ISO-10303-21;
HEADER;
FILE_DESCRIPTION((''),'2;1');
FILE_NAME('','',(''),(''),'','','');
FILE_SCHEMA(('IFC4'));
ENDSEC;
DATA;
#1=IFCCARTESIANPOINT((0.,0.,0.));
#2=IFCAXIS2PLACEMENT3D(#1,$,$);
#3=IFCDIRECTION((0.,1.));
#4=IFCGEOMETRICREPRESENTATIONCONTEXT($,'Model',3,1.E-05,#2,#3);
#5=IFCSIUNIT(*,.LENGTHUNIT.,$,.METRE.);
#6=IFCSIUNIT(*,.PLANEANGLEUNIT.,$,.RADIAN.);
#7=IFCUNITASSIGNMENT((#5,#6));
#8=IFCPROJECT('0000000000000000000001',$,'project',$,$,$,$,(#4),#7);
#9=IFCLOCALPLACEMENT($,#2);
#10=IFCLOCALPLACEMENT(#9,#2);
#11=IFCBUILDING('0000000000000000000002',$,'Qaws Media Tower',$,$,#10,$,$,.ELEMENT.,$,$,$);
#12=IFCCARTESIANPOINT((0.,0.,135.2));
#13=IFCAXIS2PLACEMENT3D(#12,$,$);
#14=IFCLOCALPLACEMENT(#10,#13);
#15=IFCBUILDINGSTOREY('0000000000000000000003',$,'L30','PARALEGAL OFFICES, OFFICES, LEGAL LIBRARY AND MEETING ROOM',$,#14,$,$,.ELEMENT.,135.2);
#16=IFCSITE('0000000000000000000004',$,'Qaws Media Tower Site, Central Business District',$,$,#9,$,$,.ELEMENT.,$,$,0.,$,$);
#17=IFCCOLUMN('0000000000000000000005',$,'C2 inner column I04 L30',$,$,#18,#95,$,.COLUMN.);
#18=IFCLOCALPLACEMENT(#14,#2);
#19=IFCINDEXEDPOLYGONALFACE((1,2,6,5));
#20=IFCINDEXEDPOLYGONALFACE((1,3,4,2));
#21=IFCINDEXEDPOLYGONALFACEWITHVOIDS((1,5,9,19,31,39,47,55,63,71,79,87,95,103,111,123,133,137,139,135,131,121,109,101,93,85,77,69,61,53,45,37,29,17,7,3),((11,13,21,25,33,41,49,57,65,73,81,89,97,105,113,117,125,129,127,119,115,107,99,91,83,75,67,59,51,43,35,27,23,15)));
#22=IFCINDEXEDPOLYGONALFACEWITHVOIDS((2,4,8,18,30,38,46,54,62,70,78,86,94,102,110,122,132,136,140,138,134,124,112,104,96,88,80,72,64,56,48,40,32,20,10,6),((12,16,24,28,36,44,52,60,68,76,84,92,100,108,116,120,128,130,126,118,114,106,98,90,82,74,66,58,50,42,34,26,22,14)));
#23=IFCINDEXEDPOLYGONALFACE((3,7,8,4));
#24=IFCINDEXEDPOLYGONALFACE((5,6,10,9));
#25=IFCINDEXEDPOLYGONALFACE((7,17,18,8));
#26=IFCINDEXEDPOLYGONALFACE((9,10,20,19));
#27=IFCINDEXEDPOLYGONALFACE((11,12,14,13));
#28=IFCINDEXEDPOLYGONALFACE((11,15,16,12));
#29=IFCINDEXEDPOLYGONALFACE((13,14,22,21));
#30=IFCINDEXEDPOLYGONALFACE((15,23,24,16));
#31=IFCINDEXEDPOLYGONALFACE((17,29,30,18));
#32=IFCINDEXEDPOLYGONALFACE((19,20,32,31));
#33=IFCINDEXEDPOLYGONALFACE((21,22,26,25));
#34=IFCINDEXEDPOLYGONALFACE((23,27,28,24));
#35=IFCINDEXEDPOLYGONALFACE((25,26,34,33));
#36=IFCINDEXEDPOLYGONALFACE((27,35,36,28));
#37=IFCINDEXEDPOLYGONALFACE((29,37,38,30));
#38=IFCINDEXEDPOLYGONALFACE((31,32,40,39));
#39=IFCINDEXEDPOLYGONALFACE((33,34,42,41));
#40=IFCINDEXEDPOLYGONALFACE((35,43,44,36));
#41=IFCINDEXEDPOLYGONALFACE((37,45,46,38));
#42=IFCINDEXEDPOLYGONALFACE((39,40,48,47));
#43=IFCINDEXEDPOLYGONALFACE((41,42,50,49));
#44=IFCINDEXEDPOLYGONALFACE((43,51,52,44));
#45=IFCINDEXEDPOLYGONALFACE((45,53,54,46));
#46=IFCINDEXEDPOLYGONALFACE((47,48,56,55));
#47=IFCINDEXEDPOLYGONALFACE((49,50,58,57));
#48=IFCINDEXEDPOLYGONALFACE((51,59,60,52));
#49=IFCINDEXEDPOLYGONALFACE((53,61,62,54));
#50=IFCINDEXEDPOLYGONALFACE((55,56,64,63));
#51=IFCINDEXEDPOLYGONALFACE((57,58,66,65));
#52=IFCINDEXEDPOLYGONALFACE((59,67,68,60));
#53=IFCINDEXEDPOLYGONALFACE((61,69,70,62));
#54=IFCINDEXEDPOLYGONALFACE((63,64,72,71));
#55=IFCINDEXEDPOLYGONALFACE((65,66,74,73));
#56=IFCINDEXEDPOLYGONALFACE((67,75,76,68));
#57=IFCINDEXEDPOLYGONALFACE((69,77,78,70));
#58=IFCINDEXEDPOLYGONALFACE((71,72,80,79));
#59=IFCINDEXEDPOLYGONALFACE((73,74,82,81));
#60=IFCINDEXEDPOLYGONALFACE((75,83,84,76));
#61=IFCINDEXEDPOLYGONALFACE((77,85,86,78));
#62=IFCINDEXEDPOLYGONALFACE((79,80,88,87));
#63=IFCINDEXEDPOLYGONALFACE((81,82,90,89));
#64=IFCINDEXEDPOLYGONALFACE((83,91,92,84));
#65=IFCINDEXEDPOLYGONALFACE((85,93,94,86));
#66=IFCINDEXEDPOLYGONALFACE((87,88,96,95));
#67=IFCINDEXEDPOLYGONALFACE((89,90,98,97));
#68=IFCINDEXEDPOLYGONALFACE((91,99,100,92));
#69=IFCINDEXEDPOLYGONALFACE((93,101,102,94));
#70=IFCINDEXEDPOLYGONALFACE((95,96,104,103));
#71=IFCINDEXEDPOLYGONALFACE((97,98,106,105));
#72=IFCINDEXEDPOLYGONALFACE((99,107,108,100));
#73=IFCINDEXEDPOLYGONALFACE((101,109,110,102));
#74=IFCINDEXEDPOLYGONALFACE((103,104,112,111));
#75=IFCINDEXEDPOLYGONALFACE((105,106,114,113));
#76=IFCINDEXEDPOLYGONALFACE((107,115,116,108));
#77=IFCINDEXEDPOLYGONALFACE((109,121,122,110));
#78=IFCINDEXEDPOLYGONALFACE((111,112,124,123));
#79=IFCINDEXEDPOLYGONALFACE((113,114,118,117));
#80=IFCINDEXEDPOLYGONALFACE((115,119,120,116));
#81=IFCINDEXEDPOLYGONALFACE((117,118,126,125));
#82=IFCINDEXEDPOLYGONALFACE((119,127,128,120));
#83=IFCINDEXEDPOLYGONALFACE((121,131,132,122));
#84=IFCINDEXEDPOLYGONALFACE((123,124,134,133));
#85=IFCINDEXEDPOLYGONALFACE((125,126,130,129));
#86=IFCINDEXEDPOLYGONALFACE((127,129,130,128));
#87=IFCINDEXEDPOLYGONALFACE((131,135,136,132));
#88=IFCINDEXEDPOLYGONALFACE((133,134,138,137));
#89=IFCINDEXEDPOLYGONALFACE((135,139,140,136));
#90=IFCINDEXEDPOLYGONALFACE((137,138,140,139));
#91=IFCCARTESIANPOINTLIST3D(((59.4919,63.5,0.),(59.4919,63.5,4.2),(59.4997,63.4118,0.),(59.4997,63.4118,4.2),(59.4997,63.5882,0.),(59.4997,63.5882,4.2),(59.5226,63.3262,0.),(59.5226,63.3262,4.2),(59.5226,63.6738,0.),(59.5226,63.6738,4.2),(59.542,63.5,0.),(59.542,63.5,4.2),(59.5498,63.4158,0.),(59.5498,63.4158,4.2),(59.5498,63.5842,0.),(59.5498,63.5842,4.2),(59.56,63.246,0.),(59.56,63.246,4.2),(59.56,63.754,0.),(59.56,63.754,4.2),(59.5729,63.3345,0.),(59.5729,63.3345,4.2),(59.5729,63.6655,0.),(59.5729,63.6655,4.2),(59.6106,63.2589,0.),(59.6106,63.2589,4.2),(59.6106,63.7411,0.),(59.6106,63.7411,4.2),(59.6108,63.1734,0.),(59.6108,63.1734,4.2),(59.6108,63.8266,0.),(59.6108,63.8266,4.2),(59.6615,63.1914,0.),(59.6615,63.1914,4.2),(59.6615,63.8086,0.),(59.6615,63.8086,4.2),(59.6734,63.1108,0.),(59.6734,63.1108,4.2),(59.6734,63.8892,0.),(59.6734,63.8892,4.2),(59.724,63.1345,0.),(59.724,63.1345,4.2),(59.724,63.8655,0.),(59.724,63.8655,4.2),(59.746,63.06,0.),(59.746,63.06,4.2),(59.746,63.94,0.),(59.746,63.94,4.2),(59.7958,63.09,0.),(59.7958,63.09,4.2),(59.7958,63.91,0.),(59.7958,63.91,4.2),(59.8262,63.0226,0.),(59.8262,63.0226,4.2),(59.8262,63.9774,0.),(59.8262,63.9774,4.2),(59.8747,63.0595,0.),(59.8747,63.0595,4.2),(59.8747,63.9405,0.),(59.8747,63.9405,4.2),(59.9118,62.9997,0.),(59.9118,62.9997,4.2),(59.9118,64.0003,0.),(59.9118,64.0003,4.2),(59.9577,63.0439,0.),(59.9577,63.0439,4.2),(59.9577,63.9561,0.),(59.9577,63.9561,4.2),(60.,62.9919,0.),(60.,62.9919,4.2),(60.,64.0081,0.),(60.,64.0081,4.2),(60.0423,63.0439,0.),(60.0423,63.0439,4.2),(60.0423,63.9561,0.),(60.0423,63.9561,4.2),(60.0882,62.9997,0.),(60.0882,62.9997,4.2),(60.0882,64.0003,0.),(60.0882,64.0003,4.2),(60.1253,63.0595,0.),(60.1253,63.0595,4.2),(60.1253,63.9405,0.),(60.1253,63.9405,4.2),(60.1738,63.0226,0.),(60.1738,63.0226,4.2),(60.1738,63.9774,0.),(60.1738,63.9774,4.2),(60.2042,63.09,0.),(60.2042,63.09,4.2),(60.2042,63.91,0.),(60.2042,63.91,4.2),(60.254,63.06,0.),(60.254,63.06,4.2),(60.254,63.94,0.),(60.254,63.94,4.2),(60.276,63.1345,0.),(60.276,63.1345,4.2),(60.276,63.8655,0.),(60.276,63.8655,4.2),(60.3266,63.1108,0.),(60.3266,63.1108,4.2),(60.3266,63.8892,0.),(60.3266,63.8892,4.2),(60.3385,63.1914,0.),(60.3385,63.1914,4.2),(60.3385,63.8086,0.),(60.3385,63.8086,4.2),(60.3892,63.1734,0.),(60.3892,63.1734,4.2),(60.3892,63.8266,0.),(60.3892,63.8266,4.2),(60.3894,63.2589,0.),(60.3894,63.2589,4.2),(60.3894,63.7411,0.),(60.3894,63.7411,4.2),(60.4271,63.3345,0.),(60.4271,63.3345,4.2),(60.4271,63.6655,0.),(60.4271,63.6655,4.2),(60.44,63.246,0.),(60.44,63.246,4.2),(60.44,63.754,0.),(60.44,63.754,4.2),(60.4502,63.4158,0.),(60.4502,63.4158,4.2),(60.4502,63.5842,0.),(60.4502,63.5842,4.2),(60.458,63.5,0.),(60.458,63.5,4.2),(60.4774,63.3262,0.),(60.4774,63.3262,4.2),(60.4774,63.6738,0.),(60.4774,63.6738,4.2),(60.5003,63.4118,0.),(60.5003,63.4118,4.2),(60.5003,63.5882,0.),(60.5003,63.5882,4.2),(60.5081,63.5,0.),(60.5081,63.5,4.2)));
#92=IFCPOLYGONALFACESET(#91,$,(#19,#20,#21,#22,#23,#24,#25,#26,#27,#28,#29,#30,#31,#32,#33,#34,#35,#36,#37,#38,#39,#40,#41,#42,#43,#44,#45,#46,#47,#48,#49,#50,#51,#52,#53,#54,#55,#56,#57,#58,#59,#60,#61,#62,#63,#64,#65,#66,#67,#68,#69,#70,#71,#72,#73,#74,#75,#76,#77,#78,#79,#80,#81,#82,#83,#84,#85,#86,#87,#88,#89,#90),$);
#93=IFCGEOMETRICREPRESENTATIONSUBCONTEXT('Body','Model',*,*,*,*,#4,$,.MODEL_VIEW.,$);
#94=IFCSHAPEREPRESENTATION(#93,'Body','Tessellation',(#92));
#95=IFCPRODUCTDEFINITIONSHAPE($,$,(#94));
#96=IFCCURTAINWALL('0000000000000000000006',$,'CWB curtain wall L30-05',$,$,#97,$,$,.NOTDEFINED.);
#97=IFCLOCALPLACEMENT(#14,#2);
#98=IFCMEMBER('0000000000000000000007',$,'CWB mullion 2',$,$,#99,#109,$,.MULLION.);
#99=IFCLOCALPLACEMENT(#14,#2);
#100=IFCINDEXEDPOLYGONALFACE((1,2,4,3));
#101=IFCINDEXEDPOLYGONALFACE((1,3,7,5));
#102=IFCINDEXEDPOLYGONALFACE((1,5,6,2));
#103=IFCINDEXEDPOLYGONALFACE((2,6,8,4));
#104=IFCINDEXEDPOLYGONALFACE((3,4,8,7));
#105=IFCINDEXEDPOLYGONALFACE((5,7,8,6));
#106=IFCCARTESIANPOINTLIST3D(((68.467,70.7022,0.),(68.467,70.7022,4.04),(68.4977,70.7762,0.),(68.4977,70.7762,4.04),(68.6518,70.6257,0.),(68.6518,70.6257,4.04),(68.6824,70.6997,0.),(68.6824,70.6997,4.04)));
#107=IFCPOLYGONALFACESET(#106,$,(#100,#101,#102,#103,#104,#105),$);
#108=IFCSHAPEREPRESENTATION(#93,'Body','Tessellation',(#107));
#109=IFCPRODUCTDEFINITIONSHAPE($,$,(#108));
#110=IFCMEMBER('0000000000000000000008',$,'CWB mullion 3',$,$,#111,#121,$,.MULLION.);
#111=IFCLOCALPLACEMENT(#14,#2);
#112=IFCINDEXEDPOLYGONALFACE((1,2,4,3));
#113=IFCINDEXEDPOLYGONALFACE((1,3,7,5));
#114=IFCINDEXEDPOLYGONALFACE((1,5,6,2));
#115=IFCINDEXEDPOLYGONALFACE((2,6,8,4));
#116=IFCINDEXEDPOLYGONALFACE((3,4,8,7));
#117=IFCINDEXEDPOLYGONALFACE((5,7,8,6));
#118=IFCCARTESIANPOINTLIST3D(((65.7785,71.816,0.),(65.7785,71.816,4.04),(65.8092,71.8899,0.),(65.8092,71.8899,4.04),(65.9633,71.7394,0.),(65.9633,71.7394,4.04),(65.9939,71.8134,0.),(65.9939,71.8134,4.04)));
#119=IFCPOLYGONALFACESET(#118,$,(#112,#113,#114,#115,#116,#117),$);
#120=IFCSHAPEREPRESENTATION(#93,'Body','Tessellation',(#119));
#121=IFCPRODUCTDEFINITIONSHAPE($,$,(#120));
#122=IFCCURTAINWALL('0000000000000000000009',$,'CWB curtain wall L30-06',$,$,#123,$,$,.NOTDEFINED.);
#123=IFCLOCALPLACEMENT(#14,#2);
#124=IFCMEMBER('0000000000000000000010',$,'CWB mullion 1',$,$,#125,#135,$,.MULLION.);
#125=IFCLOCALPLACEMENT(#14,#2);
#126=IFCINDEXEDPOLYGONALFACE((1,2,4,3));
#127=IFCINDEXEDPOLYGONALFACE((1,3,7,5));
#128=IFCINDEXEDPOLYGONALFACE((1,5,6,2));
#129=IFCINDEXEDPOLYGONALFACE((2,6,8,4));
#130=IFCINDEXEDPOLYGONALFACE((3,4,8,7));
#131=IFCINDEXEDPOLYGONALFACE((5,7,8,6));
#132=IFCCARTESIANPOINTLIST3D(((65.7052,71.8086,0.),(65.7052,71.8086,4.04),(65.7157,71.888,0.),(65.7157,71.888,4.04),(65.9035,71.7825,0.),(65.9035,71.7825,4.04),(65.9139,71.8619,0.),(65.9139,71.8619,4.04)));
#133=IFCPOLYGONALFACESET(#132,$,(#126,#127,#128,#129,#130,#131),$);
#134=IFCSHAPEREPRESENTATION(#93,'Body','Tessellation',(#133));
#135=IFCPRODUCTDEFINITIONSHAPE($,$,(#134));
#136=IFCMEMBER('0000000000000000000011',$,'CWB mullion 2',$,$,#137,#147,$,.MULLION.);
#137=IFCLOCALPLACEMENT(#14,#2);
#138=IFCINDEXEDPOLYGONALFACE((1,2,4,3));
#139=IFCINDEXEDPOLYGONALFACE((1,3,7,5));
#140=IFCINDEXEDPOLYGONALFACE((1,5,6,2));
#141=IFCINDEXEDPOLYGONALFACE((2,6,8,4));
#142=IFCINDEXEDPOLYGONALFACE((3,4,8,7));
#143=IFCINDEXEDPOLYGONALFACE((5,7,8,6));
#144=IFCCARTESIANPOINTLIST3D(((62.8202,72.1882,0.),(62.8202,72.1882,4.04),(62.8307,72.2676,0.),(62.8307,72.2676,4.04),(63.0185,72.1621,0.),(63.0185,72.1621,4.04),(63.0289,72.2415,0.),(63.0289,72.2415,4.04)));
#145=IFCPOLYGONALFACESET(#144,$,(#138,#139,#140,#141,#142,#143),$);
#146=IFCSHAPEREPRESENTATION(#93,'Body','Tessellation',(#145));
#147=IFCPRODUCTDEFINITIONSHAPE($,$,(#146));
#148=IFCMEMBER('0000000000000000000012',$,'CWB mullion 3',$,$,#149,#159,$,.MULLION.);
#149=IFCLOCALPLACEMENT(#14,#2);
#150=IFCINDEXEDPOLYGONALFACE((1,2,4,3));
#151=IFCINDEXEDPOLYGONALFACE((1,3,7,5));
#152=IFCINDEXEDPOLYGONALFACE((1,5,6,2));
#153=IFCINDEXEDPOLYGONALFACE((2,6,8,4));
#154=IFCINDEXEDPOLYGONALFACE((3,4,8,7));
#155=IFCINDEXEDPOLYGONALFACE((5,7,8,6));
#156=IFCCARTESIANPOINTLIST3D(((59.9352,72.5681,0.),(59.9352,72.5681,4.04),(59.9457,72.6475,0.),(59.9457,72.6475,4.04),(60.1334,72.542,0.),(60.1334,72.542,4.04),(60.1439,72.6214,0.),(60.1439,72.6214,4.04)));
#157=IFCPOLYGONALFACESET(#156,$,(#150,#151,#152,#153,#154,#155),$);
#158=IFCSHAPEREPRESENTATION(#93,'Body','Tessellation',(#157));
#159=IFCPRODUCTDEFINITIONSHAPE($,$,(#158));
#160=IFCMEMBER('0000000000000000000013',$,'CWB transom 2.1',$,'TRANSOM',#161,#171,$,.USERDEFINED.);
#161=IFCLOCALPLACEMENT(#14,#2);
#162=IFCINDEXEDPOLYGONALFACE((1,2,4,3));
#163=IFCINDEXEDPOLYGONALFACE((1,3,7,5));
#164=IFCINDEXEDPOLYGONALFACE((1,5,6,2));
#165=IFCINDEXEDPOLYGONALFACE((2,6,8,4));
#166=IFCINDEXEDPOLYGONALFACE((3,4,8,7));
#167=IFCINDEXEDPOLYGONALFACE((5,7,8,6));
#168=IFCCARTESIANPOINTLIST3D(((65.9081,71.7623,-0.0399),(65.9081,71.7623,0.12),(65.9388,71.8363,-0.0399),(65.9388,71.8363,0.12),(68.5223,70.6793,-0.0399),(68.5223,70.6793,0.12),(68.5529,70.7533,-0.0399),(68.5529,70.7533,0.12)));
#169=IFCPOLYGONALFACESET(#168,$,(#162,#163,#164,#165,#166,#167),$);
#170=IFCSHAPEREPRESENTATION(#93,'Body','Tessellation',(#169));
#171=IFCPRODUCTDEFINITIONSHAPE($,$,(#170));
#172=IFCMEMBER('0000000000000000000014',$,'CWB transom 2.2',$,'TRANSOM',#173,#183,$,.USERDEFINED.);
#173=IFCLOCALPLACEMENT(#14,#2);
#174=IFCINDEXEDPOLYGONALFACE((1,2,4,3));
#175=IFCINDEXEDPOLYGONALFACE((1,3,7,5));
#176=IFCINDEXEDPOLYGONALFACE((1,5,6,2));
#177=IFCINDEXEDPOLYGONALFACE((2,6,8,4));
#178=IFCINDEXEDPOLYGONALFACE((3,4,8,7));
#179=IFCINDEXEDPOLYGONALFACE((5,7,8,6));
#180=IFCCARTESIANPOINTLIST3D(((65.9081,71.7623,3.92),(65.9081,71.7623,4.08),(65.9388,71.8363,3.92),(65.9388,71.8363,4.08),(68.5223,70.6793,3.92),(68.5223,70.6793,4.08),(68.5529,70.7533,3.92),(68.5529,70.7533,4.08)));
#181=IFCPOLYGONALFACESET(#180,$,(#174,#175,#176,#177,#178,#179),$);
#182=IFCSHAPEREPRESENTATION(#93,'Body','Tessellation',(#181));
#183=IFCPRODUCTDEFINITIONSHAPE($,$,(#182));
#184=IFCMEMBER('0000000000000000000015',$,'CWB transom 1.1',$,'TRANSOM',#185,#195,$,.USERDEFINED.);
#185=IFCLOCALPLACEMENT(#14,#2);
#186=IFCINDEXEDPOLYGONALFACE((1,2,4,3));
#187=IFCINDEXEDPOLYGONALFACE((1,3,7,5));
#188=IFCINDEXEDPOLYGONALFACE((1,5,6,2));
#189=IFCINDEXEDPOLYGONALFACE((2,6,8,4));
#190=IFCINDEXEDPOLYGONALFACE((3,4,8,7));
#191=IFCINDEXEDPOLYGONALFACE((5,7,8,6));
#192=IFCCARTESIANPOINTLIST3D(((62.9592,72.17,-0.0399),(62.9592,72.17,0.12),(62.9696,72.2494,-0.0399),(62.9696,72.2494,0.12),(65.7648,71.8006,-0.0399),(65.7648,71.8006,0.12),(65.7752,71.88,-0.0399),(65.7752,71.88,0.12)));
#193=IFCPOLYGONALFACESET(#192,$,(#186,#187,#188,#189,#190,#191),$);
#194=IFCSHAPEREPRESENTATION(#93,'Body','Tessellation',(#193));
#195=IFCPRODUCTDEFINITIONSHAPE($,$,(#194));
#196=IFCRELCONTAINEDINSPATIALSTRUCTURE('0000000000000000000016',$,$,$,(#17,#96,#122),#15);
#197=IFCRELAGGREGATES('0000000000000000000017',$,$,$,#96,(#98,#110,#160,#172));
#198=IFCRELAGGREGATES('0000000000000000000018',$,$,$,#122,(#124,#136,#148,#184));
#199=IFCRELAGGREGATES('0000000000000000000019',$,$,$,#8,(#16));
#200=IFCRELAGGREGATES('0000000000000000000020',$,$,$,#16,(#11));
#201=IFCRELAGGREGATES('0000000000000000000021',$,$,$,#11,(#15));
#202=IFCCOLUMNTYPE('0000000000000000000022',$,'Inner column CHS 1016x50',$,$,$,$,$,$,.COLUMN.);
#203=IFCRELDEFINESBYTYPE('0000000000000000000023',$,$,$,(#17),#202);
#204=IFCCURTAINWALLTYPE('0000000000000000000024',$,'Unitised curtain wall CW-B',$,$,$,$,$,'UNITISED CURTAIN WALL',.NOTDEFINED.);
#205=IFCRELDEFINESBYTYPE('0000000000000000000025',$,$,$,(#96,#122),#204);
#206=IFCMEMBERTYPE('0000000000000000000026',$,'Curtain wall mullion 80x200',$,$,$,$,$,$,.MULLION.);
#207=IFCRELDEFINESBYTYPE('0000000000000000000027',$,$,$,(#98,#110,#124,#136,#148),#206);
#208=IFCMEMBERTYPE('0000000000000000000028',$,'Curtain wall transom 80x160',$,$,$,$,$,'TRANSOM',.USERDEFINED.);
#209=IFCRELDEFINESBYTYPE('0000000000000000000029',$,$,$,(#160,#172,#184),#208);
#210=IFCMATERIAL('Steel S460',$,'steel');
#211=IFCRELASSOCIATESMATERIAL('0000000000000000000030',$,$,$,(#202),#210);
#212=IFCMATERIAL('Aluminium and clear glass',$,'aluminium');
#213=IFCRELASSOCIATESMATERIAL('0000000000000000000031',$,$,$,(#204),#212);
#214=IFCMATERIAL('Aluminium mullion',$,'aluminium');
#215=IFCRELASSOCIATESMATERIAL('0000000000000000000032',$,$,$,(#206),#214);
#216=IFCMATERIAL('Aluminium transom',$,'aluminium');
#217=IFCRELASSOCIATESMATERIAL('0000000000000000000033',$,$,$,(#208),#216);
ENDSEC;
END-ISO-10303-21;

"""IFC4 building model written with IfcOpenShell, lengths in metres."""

from ifc_helpers import new_model, si_unit, direction, frame, origin, origin_2d, place, context, subcontext, project, spatial, rectangle, hollow_circle, extrude, material, material_profile, profile_set, type_object, element, aggregate, save


model = new_model("IFC4")

# Units and contexts
model_context = context("Model", 3, precision=1e-05, world=origin(), true_north=direction((0.0, 1.0)))
body_context = subcontext(model_context, "Body", "Model", "MODEL_VIEW")
ifc_project = project(units=[si_unit("LENGTHUNIT", "METRE"), si_unit("PLANEANGLEUNIT", "RADIAN")], contexts=[model_context])

# Site, building, storey
site_placement = place(None, origin())
site = spatial("IfcSite", under=ifc_project, at=site_placement, Name="Qaws Media Tower Site, Central Business District", CompositionType="ELEMENT", RefElevation=0.0)
building_placement = place(site_placement, origin())
building = spatial("IfcBuilding", under=site, at=building_placement, Name="Qaws Media Tower", CompositionType="ELEMENT")
storey_placement = place(building_placement, frame((0.0, 0.0, 135.2)))
storey = spatial("IfcBuildingStorey", under=building, at=storey_placement, Name="L30", Description="PARALEGAL OFFICES, OFFICES, LEGAL LIBRARY AND MEETING ROOM", CompositionType="ELEMENT", Elevation=135.2)

# Column
ifc_material_1 = material(Name="Steel S460", Category="steel")
ifc_material_profile_1 = material_profile(ifc_material_1, hollow_circle(Radius=0.5081, WallThickness=0.05, at=origin_2d()), Name="CHS 1016x50")
ifc_profile_set_1 = profile_set([ifc_material_profile_1], Name="Steel S460")
column_type = type_object("IfcColumnType", Name="Inner column CHS 1016x50", PredefinedType="COLUMN", material=ifc_profile_set_1)
column_placement = place(storey_placement, frame((60.0, 63.5, 0.0), z_axis=(0.0, 0.0, 1.0), x_axis=(1.0, 0.0, 0.0)))
element("IfcColumn", 1, at=column_placement, inside=storey, type_object=column_type, Name="C2 inner column I04 L30", PredefinedType="COLUMN", context=body_context, shape_type="SweptSolid", body=[
    extrude(hollow_circle(Radius=0.5081, WallThickness=0.05, at=origin_2d()), origin(), (0.0, 0.0, 1.0), 4.2),
])

# Curtain walls, members
ifc_material_2 = material(Name="Aluminium and clear glass", Category="aluminium")
curtain_wall_type = type_object("IfcCurtainWallType", Name="Unitised curtain wall CW-B", ElementType="UNITISED CURTAIN WALL", PredefinedType="NOTDEFINED", material=ifc_material_2)
curtain_wall_1_placement = place(storey_placement, origin())
curtain_wall_1 = element("IfcCurtainWall", 2, at=curtain_wall_1_placement, inside=storey, type_object=curtain_wall_type, Name="CWB curtain wall L30-05", PredefinedType="NOTDEFINED")
ifc_material_3 = material(Name="Aluminium mullion", Category="aluminium")
ifc_material_profile_2 = material_profile(ifc_material_3, rectangle(XDim=0.0801, YDim=0.2, at=origin_2d()), Name="80x200")
ifc_profile_set_2 = profile_set([ifc_material_profile_2], Name="Aluminium mullion")
member_type_1 = type_object("IfcMemberType", Name="Curtain wall mullion 80x200", PredefinedType="MULLION", material=ifc_profile_set_2)
member_1_placement = place(storey_placement, frame((68.5747, 70.7009, 0.0), z_axis=(0.0, 0.0, 1.0), x_axis=(-0.382683, -0.92388, 0.0)))
member_1 = element("IfcMember", 3, at=member_1_placement, type_object=member_type_1, Name="CWB mullion 2", PredefinedType="MULLION", context=body_context, shape_type="SweptSolid", body=[
    extrude(rectangle(XDim=0.0801, YDim=0.2, at=origin_2d()), origin(), (0.0, 0.0, 1.0), 4.04),
])
member_2_placement = place(storey_placement, frame((65.8862, 71.8147, 0.0), z_axis=(0.0, 0.0, 1.0), x_axis=(-0.382683, -0.92388, 0.0)))
member_2 = element("IfcMember", 4, at=member_2_placement, type_object=member_type_1, Name="CWB mullion 3", PredefinedType="MULLION", context=body_context, shape_type="SweptSolid", body=[
    extrude(rectangle(XDim=0.0801, YDim=0.2, at=origin_2d()), origin(), (0.0, 0.0, 1.0), 4.04),
])
curtain_wall_2_placement = place(storey_placement, origin())
curtain_wall_2 = element("IfcCurtainWall", 5, at=curtain_wall_2_placement, inside=storey, type_object=curtain_wall_type, Name="CWB curtain wall L30-06", PredefinedType="NOTDEFINED")
member_3_placement = place(storey_placement, frame((65.8096, 71.8352, 0.0), z_axis=(0.0, 0.0, 1.0), x_axis=(-0.130526, -0.991445, 0.0)))
member_3 = element("IfcMember", 6, at=member_3_placement, type_object=member_type_1, Name="CWB mullion 1", PredefinedType="MULLION", context=body_context, shape_type="SweptSolid", body=[
    extrude(rectangle(XDim=0.0801, YDim=0.2, at=origin_2d()), origin(), (0.0, 0.0, 1.0), 4.04),
])
member_4_placement = place(storey_placement, frame((62.9246, 72.2148, 0.0), z_axis=(0.0, 0.0, 1.0), x_axis=(-0.130526, -0.991445, 0.0)))
member_4 = element("IfcMember", 7, at=member_4_placement, type_object=member_type_1, Name="CWB mullion 2", PredefinedType="MULLION", context=body_context, shape_type="SweptSolid", body=[
    extrude(rectangle(XDim=0.0801, YDim=0.2, at=origin_2d()), origin(), (0.0, 0.0, 1.0), 4.04),
])
member_5_placement = place(storey_placement, frame((60.0396, 72.5947, 0.0), z_axis=(0.0, 0.0, 1.0), x_axis=(-0.130526, -0.991445, 0.0)))
member_5 = element("IfcMember", 8, at=member_5_placement, type_object=member_type_1, Name="CWB mullion 3", PredefinedType="MULLION", context=body_context, shape_type="SweptSolid", body=[
    extrude(rectangle(XDim=0.0801, YDim=0.2, at=origin_2d()), origin(), (0.0, 0.0, 1.0), 4.04),
])

# Members
ifc_material_4 = material(Name="Aluminium transom", Category="aluminium")
ifc_material_profile_3 = material_profile(ifc_material_4, rectangle(XDim=0.0801, YDim=0.1599, at=origin_2d()), Name="80x160")
ifc_profile_set_3 = profile_set([ifc_material_profile_3], Name="Aluminium transom")
member_type_2 = type_object("IfcMemberType", Name="Curtain wall transom 80x160", ElementType="TRANSOM", PredefinedType="USERDEFINED", material=ifc_profile_set_3)
member_6_placement = place(storey_placement, frame((68.5376, 70.7163, 0.04), z_axis=(-0.923861, 0.382728, 0.0), x_axis=(-0.382728, -0.923861, 0.0)))
member_6 = element("IfcMember", 9, at=member_6_placement, type_object=member_type_2, Name="CWB transom 2.1", ObjectType="TRANSOM", PredefinedType="USERDEFINED", context=body_context, shape_type="SweptSolid", body=[
    extrude(rectangle(XDim=0.0801, YDim=0.1599, at=origin_2d()), origin(), (0.0, 0.0, 1.0), 2.8296),
])
member_7_placement = place(storey_placement, frame((68.5376, 70.7163, 4.0), z_axis=(-0.923861, 0.382728, 0.0), x_axis=(-0.382728, -0.923861, 0.0)))
member_7 = element("IfcMember", 10, at=member_7_placement, type_object=member_type_2, Name="CWB transom 2.2", ObjectType="TRANSOM", PredefinedType="USERDEFINED", context=body_context, shape_type="SweptSolid", body=[
    extrude(rectangle(XDim=0.0801, YDim=0.1599, at=origin_2d()), origin(), (0.0, 0.0, 1.0), 2.8296),
])
member_8_placement = place(storey_placement, frame((65.77, 71.8403, 0.04), z_axis=(-0.991444, 0.13053, 0.0), x_axis=(-0.13053, -0.991444, 0.0)))
member_8 = element("IfcMember", 11, at=member_8_placement, type_object=member_type_2, Name="CWB transom 1.1", ObjectType="TRANSOM", PredefinedType="USERDEFINED", context=body_context, shape_type="SweptSolid", body=[
    extrude(rectangle(XDim=0.0801, YDim=0.1599, at=origin_2d()), origin(), (0.0, 0.0, 1.0), 2.8298),
])

aggregate(curtain_wall_1, [member_1, member_2, member_6, member_7])
aggregate(curtain_wall_2, [member_3, member_4, member_5, member_8])

save(model, "model.ifc")
